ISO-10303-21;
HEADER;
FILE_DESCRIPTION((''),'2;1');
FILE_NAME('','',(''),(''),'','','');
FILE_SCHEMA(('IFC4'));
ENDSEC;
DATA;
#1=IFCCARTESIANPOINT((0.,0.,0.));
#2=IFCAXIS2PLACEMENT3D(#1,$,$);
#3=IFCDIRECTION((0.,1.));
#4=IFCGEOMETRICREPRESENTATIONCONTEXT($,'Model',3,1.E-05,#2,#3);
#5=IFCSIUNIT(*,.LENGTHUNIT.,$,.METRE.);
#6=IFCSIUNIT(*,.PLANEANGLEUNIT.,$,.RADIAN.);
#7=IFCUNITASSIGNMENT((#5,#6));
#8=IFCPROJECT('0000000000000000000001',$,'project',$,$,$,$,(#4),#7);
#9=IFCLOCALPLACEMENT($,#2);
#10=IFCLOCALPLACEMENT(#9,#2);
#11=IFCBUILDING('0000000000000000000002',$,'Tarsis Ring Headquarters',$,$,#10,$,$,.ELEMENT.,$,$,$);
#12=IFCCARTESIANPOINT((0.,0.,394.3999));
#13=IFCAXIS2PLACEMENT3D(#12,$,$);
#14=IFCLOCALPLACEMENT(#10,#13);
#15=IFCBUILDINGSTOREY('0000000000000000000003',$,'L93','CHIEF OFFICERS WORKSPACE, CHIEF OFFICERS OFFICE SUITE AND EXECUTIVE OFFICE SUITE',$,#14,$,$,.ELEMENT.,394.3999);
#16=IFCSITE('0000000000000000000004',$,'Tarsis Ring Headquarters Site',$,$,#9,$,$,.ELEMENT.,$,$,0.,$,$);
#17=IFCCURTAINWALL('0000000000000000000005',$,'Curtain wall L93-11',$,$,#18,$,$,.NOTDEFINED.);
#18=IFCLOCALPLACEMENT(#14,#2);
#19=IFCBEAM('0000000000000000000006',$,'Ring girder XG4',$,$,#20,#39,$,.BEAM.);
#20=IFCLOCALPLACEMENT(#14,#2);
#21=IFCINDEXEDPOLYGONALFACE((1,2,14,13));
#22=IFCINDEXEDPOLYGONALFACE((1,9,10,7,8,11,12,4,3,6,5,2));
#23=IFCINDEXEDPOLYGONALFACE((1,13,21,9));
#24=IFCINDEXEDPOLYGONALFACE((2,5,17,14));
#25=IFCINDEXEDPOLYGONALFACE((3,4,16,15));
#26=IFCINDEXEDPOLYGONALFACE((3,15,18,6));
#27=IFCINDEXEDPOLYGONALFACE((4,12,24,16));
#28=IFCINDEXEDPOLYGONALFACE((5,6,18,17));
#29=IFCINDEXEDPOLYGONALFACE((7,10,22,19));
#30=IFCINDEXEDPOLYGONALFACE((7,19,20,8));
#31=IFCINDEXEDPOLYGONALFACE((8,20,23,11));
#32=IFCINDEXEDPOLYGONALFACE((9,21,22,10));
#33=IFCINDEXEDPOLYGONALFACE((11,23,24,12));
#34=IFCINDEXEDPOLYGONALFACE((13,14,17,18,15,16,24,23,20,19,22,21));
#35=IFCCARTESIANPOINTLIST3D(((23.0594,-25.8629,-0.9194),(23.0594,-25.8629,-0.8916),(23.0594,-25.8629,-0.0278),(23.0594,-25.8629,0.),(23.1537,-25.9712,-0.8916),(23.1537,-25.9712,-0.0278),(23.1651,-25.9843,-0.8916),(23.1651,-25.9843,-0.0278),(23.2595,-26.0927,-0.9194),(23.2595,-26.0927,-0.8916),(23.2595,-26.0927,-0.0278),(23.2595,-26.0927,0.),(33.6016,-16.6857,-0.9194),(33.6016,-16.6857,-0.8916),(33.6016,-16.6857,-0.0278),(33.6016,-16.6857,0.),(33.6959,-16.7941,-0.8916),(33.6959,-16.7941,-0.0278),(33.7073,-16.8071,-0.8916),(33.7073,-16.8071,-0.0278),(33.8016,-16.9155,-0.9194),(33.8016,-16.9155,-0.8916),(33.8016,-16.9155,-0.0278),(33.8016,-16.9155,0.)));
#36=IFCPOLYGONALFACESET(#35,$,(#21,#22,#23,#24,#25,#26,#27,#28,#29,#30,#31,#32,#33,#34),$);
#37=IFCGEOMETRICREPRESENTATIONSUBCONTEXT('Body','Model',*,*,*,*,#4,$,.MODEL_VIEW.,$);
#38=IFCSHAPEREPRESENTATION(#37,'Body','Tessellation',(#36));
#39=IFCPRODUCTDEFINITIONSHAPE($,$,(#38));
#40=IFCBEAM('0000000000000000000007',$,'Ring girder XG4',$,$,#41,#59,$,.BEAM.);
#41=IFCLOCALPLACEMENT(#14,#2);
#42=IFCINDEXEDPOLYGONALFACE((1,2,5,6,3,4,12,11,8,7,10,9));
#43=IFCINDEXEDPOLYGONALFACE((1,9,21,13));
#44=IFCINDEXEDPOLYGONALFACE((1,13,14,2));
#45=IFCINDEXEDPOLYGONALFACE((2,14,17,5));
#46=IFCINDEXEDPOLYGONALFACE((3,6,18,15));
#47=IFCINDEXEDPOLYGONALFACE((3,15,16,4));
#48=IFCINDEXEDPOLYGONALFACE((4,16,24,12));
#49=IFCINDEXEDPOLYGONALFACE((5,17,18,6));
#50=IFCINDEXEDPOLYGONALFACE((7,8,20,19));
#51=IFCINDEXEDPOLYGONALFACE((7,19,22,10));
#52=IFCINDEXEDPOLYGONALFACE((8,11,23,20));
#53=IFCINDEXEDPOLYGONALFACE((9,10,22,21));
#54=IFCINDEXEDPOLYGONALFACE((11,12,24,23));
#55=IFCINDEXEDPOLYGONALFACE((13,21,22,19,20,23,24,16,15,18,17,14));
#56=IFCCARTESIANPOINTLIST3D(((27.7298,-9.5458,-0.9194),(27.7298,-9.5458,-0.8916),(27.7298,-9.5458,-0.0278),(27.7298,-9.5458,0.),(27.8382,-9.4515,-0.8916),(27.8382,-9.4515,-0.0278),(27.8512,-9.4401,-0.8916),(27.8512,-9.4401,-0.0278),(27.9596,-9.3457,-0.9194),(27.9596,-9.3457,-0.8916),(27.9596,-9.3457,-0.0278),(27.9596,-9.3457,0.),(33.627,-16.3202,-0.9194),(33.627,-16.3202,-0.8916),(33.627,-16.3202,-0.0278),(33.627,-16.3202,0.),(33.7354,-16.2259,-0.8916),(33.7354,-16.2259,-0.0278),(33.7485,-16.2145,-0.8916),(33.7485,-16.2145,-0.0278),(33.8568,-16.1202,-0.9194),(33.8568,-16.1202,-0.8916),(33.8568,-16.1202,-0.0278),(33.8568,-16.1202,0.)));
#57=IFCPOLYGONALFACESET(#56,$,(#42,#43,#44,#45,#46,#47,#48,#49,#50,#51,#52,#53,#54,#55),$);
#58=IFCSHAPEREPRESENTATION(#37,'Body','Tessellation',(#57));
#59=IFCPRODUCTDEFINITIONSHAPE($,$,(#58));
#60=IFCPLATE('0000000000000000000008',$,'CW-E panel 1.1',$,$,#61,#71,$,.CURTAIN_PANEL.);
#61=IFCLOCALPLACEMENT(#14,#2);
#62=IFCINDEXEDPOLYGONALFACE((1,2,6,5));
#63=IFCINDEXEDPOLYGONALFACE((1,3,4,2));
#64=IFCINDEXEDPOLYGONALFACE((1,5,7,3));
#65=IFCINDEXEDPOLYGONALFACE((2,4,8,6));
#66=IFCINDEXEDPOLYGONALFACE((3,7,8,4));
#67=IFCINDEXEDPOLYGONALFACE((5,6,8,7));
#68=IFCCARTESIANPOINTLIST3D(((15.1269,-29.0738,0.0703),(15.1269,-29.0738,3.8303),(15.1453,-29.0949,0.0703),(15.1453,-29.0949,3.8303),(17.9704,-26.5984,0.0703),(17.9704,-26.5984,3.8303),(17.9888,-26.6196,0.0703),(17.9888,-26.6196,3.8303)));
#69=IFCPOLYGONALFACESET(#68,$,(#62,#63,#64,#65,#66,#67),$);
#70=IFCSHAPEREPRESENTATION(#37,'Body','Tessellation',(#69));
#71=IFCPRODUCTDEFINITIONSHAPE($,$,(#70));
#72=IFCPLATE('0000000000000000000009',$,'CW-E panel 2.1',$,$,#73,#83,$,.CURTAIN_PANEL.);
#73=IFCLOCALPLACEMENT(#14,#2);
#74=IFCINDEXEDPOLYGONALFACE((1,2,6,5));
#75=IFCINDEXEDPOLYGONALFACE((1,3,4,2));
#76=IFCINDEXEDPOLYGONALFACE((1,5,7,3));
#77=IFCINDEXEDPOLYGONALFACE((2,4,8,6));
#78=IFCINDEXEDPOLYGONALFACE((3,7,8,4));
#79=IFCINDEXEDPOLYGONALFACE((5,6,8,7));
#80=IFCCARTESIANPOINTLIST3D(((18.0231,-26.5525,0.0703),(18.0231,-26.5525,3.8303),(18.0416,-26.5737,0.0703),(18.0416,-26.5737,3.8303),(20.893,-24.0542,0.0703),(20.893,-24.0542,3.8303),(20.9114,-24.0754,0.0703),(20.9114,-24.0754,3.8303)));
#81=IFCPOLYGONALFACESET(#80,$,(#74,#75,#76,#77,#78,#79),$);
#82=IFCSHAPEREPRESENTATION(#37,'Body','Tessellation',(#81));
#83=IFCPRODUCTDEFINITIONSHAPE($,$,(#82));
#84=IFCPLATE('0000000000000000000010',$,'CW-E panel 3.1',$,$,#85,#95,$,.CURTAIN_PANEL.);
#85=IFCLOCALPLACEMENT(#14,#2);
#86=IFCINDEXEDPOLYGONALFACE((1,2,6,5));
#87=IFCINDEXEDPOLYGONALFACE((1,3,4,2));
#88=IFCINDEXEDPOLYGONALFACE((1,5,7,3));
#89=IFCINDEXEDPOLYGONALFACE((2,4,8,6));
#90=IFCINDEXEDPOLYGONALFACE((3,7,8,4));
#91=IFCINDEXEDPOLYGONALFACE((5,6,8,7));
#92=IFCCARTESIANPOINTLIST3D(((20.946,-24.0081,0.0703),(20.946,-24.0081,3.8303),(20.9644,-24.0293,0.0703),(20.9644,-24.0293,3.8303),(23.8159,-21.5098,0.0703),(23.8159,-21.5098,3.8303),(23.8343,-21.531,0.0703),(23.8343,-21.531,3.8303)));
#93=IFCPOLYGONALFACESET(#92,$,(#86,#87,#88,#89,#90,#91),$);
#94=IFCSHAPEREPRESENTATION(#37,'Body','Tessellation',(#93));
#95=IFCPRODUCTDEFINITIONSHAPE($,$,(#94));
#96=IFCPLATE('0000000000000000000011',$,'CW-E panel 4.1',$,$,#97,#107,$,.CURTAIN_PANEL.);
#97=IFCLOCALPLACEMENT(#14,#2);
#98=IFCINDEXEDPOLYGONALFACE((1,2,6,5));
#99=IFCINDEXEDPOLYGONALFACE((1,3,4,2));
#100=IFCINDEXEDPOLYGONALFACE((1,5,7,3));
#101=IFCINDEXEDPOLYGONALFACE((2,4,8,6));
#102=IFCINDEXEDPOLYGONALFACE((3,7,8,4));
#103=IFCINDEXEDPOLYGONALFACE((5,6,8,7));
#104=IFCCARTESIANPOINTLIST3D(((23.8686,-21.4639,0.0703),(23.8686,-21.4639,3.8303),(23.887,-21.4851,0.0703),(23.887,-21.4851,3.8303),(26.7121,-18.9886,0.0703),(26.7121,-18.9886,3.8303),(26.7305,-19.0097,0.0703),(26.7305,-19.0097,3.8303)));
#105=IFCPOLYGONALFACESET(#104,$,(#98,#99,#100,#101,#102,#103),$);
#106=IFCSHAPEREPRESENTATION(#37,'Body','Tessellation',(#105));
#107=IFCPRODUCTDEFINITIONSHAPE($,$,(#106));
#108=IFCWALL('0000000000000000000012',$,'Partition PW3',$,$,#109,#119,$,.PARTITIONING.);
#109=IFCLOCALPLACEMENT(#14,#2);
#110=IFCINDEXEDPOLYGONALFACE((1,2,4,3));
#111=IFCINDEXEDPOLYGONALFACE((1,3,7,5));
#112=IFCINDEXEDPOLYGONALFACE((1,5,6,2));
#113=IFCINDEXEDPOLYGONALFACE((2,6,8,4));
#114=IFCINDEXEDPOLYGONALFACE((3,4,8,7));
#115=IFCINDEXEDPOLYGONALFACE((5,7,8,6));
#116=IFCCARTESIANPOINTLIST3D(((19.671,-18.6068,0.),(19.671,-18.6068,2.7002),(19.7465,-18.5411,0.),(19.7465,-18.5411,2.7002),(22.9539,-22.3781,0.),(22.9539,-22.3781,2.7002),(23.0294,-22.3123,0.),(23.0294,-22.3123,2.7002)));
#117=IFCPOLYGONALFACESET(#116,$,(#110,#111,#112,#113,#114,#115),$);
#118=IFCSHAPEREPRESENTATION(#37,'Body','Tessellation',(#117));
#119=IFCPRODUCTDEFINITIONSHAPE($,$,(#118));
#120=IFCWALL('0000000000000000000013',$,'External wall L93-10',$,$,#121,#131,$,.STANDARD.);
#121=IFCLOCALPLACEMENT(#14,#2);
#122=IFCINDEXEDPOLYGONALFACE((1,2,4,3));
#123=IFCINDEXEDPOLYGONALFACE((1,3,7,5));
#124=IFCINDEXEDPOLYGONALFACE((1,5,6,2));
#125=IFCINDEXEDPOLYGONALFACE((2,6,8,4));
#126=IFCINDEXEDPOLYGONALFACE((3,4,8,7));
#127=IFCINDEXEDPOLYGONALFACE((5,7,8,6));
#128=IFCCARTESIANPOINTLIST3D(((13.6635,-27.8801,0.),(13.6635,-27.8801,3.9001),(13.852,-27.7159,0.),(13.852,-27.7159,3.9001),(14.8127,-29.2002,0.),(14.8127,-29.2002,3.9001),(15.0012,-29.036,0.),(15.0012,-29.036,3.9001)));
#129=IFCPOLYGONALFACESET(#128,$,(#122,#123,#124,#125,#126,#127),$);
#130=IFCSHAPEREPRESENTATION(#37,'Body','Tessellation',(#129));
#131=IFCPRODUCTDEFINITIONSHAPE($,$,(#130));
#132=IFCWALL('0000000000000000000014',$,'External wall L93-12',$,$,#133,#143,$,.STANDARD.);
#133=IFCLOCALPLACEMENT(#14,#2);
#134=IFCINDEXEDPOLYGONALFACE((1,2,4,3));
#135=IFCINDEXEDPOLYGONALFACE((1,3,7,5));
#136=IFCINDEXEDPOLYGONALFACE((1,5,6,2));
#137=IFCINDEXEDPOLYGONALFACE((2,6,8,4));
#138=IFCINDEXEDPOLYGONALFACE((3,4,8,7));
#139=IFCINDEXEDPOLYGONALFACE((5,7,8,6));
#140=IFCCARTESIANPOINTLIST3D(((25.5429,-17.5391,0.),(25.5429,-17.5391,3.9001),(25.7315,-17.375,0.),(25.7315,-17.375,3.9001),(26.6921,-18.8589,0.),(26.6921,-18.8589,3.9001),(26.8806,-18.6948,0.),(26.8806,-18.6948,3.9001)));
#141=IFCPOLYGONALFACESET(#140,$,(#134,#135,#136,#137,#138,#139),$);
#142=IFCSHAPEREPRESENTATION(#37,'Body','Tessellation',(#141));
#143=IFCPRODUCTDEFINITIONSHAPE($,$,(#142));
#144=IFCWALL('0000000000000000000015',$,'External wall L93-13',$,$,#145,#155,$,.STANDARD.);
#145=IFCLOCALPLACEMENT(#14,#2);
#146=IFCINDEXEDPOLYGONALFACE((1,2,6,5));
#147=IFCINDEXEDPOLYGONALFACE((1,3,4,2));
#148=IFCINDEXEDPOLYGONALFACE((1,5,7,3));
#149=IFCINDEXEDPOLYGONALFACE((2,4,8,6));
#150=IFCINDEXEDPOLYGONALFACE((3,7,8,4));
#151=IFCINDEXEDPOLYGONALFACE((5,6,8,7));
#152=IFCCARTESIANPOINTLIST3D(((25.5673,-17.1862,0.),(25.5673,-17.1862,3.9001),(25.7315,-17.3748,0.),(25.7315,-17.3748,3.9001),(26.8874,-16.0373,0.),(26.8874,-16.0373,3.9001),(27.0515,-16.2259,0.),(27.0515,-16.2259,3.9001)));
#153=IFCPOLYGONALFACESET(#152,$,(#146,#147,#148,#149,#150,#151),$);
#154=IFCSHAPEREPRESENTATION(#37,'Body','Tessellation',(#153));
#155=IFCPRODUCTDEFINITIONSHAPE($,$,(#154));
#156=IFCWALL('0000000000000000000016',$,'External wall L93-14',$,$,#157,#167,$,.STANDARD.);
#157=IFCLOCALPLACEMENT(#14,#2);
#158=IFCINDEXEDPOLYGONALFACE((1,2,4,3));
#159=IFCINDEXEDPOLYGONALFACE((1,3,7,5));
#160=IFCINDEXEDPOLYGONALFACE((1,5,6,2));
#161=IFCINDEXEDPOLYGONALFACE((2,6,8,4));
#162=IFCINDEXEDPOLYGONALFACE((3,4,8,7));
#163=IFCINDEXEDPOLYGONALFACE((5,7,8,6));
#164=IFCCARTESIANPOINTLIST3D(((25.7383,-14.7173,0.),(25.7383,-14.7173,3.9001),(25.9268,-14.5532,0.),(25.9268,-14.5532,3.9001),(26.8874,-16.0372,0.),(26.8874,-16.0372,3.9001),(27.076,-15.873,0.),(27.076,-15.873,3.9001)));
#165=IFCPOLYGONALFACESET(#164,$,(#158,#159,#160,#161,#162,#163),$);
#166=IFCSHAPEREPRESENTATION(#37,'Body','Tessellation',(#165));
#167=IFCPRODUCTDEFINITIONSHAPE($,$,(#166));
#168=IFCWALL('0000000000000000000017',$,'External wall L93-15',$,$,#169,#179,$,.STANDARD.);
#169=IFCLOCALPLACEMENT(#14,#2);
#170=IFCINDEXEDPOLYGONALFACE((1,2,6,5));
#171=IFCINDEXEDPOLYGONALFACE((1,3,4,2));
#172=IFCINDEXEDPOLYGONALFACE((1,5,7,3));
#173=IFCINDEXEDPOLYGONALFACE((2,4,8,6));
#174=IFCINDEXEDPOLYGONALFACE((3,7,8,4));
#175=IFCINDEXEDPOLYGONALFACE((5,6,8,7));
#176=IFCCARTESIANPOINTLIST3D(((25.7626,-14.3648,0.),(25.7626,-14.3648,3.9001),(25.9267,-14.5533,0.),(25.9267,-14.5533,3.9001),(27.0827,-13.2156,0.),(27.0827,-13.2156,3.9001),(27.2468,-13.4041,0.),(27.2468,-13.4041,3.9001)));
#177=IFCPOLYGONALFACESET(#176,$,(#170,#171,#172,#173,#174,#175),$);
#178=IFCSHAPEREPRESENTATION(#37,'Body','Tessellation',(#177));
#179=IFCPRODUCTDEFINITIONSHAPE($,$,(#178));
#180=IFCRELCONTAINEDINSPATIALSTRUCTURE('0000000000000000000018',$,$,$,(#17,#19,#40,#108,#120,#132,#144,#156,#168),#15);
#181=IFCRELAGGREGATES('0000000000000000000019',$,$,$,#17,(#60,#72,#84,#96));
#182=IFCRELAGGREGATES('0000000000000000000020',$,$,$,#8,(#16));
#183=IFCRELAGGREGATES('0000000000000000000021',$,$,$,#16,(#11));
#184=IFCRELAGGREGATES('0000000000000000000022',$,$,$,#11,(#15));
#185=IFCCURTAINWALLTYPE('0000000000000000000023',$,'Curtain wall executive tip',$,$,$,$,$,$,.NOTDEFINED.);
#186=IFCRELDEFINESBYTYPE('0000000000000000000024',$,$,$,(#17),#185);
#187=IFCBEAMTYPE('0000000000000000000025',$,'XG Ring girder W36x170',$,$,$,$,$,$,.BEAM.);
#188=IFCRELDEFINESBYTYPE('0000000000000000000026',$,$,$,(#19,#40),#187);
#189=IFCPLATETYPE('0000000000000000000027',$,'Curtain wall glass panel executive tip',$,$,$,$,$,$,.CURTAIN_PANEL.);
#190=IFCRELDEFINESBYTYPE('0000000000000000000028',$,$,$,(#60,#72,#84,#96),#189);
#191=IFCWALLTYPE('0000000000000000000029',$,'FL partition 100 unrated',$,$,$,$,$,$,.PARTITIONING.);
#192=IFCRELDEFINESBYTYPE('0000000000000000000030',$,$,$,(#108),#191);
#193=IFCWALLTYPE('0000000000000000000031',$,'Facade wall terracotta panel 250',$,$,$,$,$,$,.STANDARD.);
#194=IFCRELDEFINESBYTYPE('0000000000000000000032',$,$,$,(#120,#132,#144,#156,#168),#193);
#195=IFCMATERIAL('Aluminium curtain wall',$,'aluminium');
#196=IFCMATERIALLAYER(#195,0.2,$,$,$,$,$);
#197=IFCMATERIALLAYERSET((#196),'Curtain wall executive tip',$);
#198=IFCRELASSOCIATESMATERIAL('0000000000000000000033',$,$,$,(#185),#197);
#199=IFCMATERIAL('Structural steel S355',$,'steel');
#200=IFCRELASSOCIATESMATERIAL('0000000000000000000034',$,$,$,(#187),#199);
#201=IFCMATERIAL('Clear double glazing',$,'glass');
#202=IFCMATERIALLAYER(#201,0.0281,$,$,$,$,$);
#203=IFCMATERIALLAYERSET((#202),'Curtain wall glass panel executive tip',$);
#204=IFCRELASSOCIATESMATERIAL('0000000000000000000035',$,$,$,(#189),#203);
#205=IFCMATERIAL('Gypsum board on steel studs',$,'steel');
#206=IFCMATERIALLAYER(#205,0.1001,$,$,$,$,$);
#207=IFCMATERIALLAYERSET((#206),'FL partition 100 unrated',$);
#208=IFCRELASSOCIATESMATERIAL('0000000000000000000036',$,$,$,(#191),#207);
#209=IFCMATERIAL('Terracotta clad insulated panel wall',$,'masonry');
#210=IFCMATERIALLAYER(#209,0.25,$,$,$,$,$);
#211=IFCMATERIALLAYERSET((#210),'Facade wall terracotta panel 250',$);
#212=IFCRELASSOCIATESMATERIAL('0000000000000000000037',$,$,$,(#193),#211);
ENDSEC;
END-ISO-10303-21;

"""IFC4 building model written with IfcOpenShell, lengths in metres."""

from ifc_helpers import new_model, si_unit, direction, frame, frame_2d, origin, origin_2d, place, context, subcontext, project, spatial, rectangle, i_section, extrude, material, layer, layer_set, material_profile, profile_set, type_object, element, aggregate, save


model = new_model("IFC4")

# Units and contexts
model_context = context("Model", 3, precision=1e-05, world=origin(), true_north=direction((0.0, 1.0)))
body_context = subcontext(model_context, "Body", "Model", "MODEL_VIEW")
ifc_project = project(units=[si_unit("LENGTHUNIT", "METRE"), si_unit("PLANEANGLEUNIT", "RADIAN")], contexts=[model_context])

# Site, building, storey
site_placement = place(None, origin())
site = spatial("IfcSite", under=ifc_project, at=site_placement, Name="Tarsis Ring Headquarters Site", CompositionType="ELEMENT", RefElevation=0.0)
building_placement = place(site_placement, origin())
building = spatial("IfcBuilding", under=site, at=building_placement, Name="Tarsis Ring Headquarters", CompositionType="ELEMENT")
storey_placement = place(building_placement, frame((0.0, 0.0, 394.3999)))
storey = spatial("IfcBuildingStorey", under=building, at=storey_placement, Name="L93", Description="CHIEF OFFICERS WORKSPACE, CHIEF OFFICERS OFFICE SUITE AND EXECUTIVE OFFICE SUITE", CompositionType="ELEMENT", Elevation=394.3999)

# Shared definitions
ifc_material_1 = material(Name="Structural steel S355", Category="steel")

# Curtain wall
ifc_material_2 = material(Name="Aluminium curtain wall", Category="aluminium")
ifc_layer_1 = layer(ifc_material_2, 0.2)
ifc_layer_set_1 = layer_set([ifc_layer_1], Name="Curtain wall executive tip")
curtain_wall_type = type_object("IfcCurtainWallType", Name="Curtain wall executive tip", PredefinedType="NOTDEFINED", material=ifc_layer_set_1)
curtain_wall_placement = place(storey_placement, origin())
curtain_wall = element("IfcCurtainWall", 1, at=curtain_wall_placement, inside=storey, type_object=curtain_wall_type, Name="Curtain wall L93-11", PredefinedType="NOTDEFINED")

# Beams
ifc_material_profile_1 = material_profile(ifc_material_1, i_section(OverallWidth=0.3047, OverallDepth=0.9194, WebThickness=0.0173, FlangeThickness=0.0278, at=origin_2d()), Name="W36x170")
ifc_profile_set_1 = profile_set([ifc_material_profile_1], Name="Structural steel S355")
beam_type = type_object("IfcBeamType", Name="XG Ring girder W36x170", PredefinedType="BEAM", material=ifc_profile_set_1)
beam_1_placement = place(storey_placement, frame((23.1594, -25.9778, -0.4597), z_axis=(0.754248, 0.656589, 0.0), x_axis=(-0.656589, 0.754248, 0.0)))
element("IfcBeam", 2, at=beam_1_placement, inside=storey, type_object=beam_type, Name="Ring girder XG4", PredefinedType="BEAM", context=body_context, shape_type="SweptSolid", body=[
    extrude(i_section(OverallWidth=0.3047, OverallDepth=0.9194, WebThickness=0.0173, FlangeThickness=0.0278, at=origin_2d()), origin(), (0.0, 0.0, 1.0), 13.9771),
])
beam_2_placement = place(storey_placement, frame((33.7419, -16.2202, -0.4597), z_axis=(-0.656586, 0.754251, 0.0), x_axis=(-0.754251, -0.656586, 0.0)))
element("IfcBeam", 3, at=beam_2_placement, inside=storey, type_object=beam_type, Name="Ring girder XG4", PredefinedType="BEAM", context=body_context, shape_type="SweptSolid", body=[
    extrude(i_section(OverallWidth=0.3047, OverallDepth=0.9194, WebThickness=0.0173, FlangeThickness=0.0278, at=origin_2d()), origin(), (0.0, 0.0, 1.0), 8.9817),
])

# Plates
ifc_material_3 = material(Name="Clear double glazing", Category="glass")
ifc_layer_2 = layer(ifc_material_3, 0.0281)
ifc_layer_set_2 = layer_set([ifc_layer_2], Name="Curtain wall glass panel executive tip")
plate_type = type_object("IfcPlateType", Name="Curtain wall glass panel executive tip", PredefinedType="CURTAIN_PANEL", material=ifc_layer_set_2)
plate_1_placement = place(storey_placement, frame((16.5579, -27.8467, 0.0703), z_axis=(0.0, 0.0, 1.0), x_axis=(0.754251, 0.656586, 0.0)))
plate_1 = element("IfcPlate", 4, at=plate_1_placement, type_object=plate_type, Name="CW-E panel 1.1", PredefinedType="CURTAIN_PANEL", context=body_context, shape_type="SweptSolid", body=[
    extrude(rectangle(XDim=3.77, YDim=0.0281, at=origin_2d()), origin(), (0.0, 0.0, 1.0), 3.76),
])
plate_2_placement = place(storey_placement, frame((19.4673, -25.314, 0.0703), z_axis=(0.0, 0.0, 1.0), x_axis=(0.754251, 0.656586, 0.0)))
plate_2 = element("IfcPlate", 5, at=plate_2_placement, type_object=plate_type, Name="CW-E panel 2.1", PredefinedType="CURTAIN_PANEL", context=body_context, shape_type="SweptSolid", body=[
    extrude(rectangle(XDim=3.8049, YDim=0.0281, at=origin_2d()), origin(), (0.0, 0.0, 1.0), 3.76),
])
plate_3_placement = place(storey_placement, frame((22.3901, -22.7695, 0.0703), z_axis=(0.0, 0.0, 1.0), x_axis=(0.754251, 0.656586, 0.0)))
plate_3 = element("IfcPlate", 6, at=plate_3_placement, type_object=plate_type, Name="CW-E panel 3.1", PredefinedType="CURTAIN_PANEL", context=body_context, shape_type="SweptSolid", body=[
    extrude(rectangle(XDim=3.8049, YDim=0.0281, at=origin_2d()), origin(), (0.0, 0.0, 1.0), 3.76),
])
plate_4_placement = place(storey_placement, frame((25.2996, -20.2368, 0.0703), z_axis=(0.0, 0.0, 1.0), x_axis=(0.754251, 0.656586, 0.0)))
plate_4 = element("IfcPlate", 7, at=plate_4_placement, type_object=plate_type, Name="CW-E panel 4.1", PredefinedType="CURTAIN_PANEL", context=body_context, shape_type="SweptSolid", body=[
    extrude(rectangle(XDim=3.77, YDim=0.0281, at=origin_2d()), origin(), (0.0, 0.0, 1.0), 3.76),
])
aggregate(curtain_wall, [plate_1, plate_2, plate_3, plate_4])

# Walls
ifc_material_4 = material(Name="Gypsum board on steel studs", Category="steel")
ifc_layer_3 = layer(ifc_material_4, 0.1001)
ifc_layer_set_3 = layer_set([ifc_layer_3], Name="FL partition 100 unrated")
wall_type_1 = type_object("IfcWallType", Name="FL partition 100 unrated", PredefinedType="PARTITIONING", material=ifc_layer_set_3)
wall_1_placement = place(storey_placement, frame((19.7087, -18.574, 0.0), z_axis=(0.0, 0.0, 1.0), x_axis=(0.656591, -0.754247, 0.0)))
element("IfcWall", 8, at=wall_1_placement, inside=storey, type_object=wall_type_1, Name="Partition PW3", PredefinedType="PARTITIONING", context=body_context, shape_type="SweptSolid", body=[
    extrude(rectangle(XDim=5.0, YDim=0.1001, at=frame_2d((2.5, 0.0))), origin(), (0.0, 0.0, 1.0), 2.7002),
])
ifc_material_5 = material(Name="Terracotta clad insulated panel wall", Category="masonry")
ifc_layer_4 = layer(ifc_material_5, 0.25)
ifc_layer_set_4 = layer_set([ifc_layer_4], Name="Facade wall terracotta panel 250")
wall_type_2 = type_object("IfcWallType", Name="Facade wall terracotta panel 250", PredefinedType="STANDARD", material=ifc_layer_set_4)
wall_2_placement = place(storey_placement, frame((13.7578, -27.7981, 0.0), z_axis=(0.0, 0.0, 1.0), x_axis=(0.656596, -0.754242, 0.0)))
element("IfcWall", 9, at=wall_2_placement, inside=storey, type_object=wall_type_2, Name="External wall L93-10", PredefinedType="STANDARD", context=body_context, shape_type="SweptSolid", body=[
    extrude(rectangle(XDim=1.7502, YDim=0.25, at=frame_2d((0.875, 0.0))), origin(), (0.0, 0.0, 1.0), 3.9001),
])
for number, where, z_axis, x_axis, name in (
    (10, (26.7864, -18.7769, 0.0), (0.0, 0.0, 1.0), (-0.656666, 0.754182, 0.0), "External wall L93-12"),
    (11, (25.6494, -17.2805, 0.0), (0.0, 0.0, 1.0), (0.754311, 0.656517, 0.0), "External wall L93-13"),
    (12, (26.9817, -15.9551, 0.0), (0.0, 0.0, 1.0), (-0.656666, 0.754182, 0.0), "External wall L93-14"),
):
    element("IfcWall", number, at=place(storey_placement, frame(where, z_axis=z_axis, x_axis=x_axis)), inside=storey, type_object=wall_type_2, Name=name, PredefinedType="STANDARD", context=body_context, shape_type="SweptSolid", body=[
        extrude(rectangle(XDim=1.75, YDim=0.25, at=frame_2d((0.875, 0.0))), origin(), (0.0, 0.0, 1.0), 3.9001),
    ])
wall_3_placement = place(storey_placement, frame((25.8447, -14.459, 0.0), z_axis=(0.0, 0.0, 1.0), x_axis=(0.754242, 0.656596, 0.0)))
element("IfcWall", 13, at=wall_3_placement, inside=storey, type_object=wall_type_2, Name="External wall L93-15", PredefinedType="STANDARD", context=body_context, shape_type="SweptSolid", body=[
    extrude(rectangle(XDim=1.7502, YDim=0.25, at=frame_2d((0.875, 0.0))), origin(), (0.0, 0.0, 1.0), 3.9001),
])

save(model, "model.ifc")
